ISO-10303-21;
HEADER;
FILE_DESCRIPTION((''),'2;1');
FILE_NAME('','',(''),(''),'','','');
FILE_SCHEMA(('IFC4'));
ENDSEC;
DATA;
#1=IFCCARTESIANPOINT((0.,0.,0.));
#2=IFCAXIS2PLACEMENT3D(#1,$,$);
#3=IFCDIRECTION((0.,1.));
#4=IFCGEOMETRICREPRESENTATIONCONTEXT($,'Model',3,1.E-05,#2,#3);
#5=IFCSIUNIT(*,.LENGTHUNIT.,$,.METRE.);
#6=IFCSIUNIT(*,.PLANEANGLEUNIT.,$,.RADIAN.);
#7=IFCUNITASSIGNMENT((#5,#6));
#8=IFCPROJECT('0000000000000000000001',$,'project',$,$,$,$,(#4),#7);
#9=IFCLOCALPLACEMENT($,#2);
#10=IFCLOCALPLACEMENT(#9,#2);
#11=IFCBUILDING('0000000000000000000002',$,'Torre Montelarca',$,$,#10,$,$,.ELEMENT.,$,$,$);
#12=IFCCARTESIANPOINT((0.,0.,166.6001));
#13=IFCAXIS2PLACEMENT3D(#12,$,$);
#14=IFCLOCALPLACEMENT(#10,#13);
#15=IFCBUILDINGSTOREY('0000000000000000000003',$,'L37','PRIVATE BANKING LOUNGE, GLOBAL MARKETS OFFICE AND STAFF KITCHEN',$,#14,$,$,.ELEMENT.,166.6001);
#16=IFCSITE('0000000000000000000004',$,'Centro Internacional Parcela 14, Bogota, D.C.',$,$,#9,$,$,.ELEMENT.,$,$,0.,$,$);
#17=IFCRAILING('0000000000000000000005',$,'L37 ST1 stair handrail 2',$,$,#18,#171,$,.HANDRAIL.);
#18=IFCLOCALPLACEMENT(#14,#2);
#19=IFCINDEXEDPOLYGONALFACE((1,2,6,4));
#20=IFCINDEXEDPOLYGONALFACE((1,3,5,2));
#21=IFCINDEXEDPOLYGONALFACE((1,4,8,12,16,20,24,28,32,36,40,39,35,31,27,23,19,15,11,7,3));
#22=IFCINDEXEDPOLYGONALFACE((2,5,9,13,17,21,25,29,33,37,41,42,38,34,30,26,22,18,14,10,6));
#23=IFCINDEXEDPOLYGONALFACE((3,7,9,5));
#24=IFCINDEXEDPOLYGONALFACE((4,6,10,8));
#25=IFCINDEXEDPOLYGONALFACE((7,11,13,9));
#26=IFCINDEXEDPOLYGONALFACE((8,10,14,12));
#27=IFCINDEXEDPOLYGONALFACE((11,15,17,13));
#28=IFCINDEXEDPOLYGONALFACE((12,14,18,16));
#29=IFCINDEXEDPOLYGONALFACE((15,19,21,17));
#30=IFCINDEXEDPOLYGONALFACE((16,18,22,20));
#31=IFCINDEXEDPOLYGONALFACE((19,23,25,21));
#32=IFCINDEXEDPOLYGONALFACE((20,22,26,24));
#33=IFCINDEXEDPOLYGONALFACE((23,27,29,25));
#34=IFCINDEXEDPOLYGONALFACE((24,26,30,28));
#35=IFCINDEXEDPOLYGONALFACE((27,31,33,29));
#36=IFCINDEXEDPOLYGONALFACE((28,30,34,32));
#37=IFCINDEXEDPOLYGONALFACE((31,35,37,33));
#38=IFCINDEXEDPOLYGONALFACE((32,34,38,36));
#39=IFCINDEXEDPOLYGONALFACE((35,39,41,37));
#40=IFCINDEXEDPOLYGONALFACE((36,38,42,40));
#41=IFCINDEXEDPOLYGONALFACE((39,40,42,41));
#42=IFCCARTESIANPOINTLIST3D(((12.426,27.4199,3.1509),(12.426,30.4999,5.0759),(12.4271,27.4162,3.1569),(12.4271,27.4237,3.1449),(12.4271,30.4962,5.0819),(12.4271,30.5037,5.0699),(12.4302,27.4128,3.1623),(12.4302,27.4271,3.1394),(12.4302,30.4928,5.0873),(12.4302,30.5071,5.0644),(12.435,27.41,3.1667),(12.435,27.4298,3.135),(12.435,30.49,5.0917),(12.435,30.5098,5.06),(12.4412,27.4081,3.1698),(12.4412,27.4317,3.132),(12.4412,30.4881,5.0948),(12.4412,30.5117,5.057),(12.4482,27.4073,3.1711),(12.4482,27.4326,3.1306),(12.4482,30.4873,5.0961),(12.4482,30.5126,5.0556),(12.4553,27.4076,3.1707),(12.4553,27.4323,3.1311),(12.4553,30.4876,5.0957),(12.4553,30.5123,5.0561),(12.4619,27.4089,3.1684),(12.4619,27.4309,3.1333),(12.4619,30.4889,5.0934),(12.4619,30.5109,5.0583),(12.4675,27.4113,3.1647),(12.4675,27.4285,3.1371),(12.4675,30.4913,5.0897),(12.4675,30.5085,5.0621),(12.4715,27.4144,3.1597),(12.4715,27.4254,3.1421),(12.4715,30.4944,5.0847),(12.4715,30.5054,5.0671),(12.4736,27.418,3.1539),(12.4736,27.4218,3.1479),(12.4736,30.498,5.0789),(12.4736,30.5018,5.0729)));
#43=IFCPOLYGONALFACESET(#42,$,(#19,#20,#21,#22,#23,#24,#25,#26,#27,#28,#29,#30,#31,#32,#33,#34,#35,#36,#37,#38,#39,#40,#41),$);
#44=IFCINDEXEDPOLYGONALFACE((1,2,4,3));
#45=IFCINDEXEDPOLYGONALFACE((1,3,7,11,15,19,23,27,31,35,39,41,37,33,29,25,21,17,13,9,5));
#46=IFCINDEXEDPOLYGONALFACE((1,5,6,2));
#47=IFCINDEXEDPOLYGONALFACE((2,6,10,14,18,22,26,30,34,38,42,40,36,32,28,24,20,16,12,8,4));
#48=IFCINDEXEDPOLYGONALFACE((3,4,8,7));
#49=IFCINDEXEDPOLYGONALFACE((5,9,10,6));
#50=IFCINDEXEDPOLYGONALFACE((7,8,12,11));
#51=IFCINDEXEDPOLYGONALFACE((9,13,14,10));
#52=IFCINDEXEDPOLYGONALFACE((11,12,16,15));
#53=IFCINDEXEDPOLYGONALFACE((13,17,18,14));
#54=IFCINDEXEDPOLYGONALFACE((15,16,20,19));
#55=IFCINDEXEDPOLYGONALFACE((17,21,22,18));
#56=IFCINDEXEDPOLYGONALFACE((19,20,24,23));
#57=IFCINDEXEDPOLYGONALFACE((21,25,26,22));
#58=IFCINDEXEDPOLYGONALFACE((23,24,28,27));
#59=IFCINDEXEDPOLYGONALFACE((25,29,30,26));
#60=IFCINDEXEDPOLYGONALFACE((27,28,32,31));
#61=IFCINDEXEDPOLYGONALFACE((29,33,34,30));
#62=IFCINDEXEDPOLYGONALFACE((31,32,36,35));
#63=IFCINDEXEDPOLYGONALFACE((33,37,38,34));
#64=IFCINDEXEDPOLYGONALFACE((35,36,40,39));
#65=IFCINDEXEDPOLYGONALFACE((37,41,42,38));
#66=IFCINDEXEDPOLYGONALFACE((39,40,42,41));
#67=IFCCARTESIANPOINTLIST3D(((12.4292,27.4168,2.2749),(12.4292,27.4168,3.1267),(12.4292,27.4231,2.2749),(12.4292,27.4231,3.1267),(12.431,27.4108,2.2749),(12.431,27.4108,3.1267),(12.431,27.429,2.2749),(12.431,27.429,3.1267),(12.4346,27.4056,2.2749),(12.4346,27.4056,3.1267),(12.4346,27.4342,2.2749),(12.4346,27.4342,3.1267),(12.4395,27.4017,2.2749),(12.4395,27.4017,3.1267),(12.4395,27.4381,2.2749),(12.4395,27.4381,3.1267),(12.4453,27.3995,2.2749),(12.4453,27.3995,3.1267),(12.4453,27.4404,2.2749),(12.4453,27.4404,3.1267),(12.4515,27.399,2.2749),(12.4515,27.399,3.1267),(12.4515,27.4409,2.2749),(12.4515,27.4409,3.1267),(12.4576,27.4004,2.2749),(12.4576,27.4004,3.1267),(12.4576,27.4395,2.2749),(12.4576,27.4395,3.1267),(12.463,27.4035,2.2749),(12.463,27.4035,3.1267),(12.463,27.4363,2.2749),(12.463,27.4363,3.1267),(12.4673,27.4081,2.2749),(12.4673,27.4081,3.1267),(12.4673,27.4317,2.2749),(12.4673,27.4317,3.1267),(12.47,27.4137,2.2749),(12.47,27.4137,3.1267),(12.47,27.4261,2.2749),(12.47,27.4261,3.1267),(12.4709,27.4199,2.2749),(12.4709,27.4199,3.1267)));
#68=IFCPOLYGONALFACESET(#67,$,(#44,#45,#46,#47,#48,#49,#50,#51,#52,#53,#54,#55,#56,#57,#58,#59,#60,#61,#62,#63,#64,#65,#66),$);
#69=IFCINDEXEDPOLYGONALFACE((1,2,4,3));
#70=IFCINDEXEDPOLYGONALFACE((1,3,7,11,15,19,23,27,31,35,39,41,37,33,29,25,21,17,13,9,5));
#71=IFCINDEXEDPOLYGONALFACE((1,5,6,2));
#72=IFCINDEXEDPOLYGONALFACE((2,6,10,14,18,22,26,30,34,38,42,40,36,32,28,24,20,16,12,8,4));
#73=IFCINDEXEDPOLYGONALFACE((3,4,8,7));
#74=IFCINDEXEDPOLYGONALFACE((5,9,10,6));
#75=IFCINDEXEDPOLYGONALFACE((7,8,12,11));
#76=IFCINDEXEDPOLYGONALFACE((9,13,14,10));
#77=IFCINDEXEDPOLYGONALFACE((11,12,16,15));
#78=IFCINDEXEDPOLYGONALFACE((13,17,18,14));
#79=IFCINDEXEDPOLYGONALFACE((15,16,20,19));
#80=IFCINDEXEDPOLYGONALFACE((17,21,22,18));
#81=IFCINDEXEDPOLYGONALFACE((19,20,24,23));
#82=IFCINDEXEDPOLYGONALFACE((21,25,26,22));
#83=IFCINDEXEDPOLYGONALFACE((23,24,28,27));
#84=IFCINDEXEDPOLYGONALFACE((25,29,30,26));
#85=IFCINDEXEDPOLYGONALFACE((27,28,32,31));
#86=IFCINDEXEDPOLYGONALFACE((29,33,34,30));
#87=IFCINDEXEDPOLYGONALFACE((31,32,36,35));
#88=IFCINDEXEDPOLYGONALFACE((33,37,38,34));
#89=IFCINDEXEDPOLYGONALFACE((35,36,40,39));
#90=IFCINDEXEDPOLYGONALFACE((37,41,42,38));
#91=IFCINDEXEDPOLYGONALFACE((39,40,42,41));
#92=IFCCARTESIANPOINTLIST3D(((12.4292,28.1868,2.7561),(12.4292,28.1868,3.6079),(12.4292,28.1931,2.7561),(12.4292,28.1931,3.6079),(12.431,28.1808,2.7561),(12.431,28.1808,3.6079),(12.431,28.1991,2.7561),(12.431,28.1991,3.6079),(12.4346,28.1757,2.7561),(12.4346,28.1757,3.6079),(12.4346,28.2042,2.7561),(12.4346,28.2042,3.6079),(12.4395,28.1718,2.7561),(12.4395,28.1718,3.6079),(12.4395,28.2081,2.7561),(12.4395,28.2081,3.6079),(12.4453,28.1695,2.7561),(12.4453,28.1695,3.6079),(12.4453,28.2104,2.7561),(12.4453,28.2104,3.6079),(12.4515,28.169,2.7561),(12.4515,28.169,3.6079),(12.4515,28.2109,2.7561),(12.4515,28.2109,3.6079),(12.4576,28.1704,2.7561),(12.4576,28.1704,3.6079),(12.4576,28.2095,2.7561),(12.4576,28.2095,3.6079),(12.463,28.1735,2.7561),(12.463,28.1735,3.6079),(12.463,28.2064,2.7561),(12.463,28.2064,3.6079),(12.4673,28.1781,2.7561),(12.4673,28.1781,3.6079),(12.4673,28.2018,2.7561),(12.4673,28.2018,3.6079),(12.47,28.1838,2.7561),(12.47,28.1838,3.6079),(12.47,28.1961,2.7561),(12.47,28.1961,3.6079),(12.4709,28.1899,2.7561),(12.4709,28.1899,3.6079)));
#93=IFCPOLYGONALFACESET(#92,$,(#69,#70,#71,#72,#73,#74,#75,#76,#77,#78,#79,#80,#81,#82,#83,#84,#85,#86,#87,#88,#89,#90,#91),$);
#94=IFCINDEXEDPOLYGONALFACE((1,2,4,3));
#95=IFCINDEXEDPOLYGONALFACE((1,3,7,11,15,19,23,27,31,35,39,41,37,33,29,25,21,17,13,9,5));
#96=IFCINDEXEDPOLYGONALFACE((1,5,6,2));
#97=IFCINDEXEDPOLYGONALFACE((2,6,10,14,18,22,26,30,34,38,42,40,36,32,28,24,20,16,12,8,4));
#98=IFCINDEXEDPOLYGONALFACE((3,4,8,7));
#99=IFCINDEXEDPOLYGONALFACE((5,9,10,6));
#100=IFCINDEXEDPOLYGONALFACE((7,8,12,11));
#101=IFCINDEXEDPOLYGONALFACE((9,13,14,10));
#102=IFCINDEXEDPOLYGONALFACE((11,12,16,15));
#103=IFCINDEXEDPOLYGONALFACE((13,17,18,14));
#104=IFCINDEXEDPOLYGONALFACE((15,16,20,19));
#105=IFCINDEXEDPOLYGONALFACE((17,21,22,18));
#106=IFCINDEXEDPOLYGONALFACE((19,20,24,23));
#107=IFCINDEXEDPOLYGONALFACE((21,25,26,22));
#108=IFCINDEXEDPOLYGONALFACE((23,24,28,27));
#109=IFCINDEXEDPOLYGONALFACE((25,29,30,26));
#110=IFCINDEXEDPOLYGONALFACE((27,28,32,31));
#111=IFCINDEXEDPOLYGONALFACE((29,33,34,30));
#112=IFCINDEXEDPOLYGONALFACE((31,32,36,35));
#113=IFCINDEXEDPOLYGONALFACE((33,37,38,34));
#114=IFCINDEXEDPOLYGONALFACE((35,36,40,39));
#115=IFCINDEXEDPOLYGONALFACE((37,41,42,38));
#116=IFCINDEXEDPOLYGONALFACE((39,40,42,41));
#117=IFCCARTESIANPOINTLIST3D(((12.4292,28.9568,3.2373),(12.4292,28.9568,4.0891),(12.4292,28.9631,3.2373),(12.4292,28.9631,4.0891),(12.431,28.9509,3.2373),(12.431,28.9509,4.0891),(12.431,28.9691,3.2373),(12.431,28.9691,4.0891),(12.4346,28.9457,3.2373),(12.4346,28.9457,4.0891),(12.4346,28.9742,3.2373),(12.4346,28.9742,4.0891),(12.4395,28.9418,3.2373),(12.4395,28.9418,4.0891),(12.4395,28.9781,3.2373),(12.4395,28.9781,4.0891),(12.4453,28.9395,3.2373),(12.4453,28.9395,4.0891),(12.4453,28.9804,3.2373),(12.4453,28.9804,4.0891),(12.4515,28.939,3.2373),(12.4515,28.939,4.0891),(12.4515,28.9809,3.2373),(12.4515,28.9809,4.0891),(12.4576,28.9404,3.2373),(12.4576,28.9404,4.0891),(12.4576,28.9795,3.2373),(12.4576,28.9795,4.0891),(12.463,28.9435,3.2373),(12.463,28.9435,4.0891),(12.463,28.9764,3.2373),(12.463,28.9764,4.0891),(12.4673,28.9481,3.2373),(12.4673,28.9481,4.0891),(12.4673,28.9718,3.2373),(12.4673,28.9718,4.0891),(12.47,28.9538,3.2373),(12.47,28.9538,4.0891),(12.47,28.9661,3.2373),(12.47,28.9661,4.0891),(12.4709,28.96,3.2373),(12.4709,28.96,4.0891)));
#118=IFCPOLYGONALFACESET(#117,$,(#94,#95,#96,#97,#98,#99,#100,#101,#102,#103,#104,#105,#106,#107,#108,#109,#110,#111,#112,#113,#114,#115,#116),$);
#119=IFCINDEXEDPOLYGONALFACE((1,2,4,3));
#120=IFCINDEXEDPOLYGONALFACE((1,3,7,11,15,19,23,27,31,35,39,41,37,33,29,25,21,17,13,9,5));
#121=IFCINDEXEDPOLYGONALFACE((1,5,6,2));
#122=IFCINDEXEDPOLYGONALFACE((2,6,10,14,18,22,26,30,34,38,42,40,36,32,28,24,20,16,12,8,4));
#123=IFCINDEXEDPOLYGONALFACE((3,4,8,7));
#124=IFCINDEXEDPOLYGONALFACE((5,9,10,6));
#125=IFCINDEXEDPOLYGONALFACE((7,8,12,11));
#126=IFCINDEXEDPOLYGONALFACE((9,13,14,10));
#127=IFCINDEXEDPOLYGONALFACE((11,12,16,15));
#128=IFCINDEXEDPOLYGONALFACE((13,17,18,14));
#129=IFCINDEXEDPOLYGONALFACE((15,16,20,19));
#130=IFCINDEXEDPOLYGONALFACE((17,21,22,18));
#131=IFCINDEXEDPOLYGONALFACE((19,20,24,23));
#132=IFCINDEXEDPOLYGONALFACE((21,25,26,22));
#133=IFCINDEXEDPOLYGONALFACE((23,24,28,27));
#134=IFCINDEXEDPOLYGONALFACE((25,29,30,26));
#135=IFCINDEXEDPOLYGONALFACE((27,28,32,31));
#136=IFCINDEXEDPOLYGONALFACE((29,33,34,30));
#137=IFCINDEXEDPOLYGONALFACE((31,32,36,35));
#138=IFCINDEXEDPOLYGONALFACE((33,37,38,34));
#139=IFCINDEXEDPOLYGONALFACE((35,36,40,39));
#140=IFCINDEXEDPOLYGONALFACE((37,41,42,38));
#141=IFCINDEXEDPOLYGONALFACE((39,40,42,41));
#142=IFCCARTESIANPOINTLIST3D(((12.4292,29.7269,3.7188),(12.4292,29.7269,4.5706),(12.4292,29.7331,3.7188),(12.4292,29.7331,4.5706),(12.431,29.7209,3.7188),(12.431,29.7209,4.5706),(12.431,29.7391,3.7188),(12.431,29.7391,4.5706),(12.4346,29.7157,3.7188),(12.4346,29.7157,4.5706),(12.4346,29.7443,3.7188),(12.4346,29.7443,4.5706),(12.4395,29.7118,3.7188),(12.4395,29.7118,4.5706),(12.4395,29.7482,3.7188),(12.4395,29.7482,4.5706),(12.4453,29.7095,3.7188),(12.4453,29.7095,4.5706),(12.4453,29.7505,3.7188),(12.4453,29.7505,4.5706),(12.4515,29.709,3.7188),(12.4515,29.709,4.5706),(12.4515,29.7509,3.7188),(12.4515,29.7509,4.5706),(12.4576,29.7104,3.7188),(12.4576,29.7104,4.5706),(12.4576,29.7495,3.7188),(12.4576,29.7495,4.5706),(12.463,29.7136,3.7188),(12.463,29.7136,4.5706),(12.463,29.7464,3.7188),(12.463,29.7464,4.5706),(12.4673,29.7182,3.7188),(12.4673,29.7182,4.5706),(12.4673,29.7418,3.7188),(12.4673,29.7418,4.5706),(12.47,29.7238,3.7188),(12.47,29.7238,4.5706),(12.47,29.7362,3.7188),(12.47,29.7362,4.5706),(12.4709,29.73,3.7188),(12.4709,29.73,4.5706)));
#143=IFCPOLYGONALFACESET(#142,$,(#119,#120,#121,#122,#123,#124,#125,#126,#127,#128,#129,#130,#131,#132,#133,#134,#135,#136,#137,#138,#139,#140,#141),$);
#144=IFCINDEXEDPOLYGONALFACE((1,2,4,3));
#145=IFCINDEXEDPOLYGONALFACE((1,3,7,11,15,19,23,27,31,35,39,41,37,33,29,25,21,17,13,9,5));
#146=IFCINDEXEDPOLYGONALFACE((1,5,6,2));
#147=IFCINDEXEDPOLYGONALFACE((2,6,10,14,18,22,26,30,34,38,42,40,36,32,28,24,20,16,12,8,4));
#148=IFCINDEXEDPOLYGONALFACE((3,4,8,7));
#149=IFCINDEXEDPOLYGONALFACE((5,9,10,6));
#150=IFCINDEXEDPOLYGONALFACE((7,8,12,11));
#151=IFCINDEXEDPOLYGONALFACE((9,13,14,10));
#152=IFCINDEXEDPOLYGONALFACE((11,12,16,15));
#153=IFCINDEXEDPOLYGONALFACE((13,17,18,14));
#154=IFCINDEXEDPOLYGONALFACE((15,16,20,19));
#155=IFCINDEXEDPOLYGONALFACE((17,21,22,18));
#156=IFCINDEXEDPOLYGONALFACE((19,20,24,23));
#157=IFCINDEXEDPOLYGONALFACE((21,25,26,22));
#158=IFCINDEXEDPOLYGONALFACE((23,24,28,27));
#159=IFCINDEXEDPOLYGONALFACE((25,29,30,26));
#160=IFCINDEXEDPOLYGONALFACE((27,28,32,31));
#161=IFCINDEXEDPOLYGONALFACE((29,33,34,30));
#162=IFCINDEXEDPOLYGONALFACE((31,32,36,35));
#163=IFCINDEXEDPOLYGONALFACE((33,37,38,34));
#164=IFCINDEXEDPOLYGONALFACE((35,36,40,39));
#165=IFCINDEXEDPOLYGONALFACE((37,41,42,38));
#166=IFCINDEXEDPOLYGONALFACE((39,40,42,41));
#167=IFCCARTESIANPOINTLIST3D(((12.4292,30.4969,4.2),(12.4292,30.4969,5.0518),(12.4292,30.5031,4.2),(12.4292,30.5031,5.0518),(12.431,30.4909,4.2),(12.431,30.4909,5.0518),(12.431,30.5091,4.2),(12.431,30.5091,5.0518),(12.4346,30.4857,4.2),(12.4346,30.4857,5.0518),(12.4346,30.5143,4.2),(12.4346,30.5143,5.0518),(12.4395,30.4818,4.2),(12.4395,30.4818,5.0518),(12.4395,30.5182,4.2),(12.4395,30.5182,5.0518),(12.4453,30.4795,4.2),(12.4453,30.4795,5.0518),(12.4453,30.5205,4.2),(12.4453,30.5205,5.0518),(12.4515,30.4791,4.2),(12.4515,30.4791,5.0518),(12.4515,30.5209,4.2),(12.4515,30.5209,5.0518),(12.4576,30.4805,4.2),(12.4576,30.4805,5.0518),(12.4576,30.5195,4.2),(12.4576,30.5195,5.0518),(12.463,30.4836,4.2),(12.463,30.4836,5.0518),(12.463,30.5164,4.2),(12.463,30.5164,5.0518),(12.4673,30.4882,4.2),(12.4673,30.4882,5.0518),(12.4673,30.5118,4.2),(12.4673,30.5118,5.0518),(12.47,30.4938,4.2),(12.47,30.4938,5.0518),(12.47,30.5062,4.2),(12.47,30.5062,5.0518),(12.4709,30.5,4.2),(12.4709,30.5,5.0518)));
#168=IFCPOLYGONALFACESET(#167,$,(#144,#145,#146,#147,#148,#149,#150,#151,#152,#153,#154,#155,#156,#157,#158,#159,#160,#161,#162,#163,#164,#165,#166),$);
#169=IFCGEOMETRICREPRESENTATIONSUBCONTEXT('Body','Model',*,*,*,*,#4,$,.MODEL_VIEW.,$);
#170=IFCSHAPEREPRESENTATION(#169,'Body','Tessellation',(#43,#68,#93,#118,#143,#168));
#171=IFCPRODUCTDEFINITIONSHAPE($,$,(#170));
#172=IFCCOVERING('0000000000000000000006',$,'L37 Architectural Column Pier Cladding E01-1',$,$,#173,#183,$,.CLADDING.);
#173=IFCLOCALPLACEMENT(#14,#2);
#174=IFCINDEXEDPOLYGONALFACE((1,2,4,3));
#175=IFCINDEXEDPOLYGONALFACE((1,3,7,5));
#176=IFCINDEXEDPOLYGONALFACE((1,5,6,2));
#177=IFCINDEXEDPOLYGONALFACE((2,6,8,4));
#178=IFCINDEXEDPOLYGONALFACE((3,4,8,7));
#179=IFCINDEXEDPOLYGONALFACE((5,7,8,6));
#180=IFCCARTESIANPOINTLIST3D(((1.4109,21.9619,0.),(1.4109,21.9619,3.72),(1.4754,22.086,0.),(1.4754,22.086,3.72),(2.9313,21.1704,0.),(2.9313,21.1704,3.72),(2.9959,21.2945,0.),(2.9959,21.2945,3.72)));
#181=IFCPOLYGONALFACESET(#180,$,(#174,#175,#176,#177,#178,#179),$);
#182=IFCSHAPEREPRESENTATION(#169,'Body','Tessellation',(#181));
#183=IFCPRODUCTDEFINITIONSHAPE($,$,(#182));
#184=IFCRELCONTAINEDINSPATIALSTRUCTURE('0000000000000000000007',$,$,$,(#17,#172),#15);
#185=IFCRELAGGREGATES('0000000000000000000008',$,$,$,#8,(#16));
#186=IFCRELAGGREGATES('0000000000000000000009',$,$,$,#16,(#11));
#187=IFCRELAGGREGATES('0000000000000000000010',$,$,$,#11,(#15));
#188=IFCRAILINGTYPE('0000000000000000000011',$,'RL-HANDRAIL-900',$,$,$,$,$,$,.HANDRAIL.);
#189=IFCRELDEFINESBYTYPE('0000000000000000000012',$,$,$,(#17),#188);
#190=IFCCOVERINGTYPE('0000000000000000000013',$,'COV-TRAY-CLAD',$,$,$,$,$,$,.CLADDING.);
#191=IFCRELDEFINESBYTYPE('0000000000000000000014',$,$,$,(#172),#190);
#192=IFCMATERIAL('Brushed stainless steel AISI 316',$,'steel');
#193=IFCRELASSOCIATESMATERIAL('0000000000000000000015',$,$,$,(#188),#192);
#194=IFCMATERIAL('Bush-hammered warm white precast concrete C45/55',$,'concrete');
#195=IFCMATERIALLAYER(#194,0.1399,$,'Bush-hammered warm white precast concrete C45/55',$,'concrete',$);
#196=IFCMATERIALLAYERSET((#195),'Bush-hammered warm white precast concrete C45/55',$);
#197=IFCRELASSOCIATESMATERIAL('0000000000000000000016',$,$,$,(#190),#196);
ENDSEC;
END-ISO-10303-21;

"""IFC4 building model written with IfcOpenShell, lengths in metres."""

from ifc_helpers import new_model, si_unit, direction, frame, origin, origin_2d, place, context, subcontext, project, spatial, rectangle, circle, extrude, source, transform, mapped, material, layer, layer_set, type_object, element, save


model = new_model("IFC4")

# Units and contexts
model_context = context("Model", 3, precision=1e-05, world=origin(), true_north=direction((0.0, 1.0)))
body_context = subcontext(model_context, "Body", "Model", "MODEL_VIEW")
ifc_project = project(units=[si_unit("LENGTHUNIT", "METRE"), si_unit("PLANEANGLEUNIT", "RADIAN")], contexts=[model_context])

# Site, building, storey
site_placement = place(None, origin())
site = spatial("IfcSite", under=ifc_project, at=site_placement, Name="Centro Internacional Parcela 14, Bogota, D.C.", CompositionType="ELEMENT", RefElevation=0.0)
building_placement = place(site_placement, origin())
building = spatial("IfcBuilding", under=site, at=building_placement, Name="Torre Montelarca", CompositionType="ELEMENT")
storey_placement = place(building_placement, frame((0.0, 0.0, 166.6001)))
storey = spatial("IfcBuildingStorey", under=building, at=storey_placement, Name="L37", Description="PRIVATE BANKING LOUNGE, GLOBAL MARKETS OFFICE AND STAFF KITCHEN", CompositionType="ELEMENT", Elevation=166.6001)

# Railing
ifc_material_1 = material(Name="Brushed stainless steel AISI 316", Category="steel")
railing_type_1 = type_object("IfcRailingType", Name="RL-HANDRAIL-900", PredefinedType="HANDRAIL", material=ifc_material_1)
railing_1_placement = place(storey_placement, frame((12.45, 27.4199, 2.2749)))
element("IfcRailing", 1, at=railing_1_placement, inside=storey, type_object=railing_type_1, Name="L37 ST1 stair handrail 2", PredefinedType="HANDRAIL", context=body_context, shape_type="SweptSolid", body=[
    extrude(circle(Radius=0.0239, at=origin_2d()), frame((0.0, 0.0, 0.876), z_axis=(0.0, 0.847998, 0.529999), x_axis=(-1.0, 0.0, 0.0)), (0.0, 0.0, 1.0), 3.6321),
    extrude(circle(Radius=0.021, at=origin_2d()), origin(), (0.0, 0.0, 1.0), 0.8518),
    extrude(circle(Radius=0.021, at=origin_2d()), frame((0.0, 0.77, 0.4812)), (0.0, 0.0, 1.0), 0.8518),
    extrude(circle(Radius=0.021, at=origin_2d()), frame((0.0, 1.54, 0.9624)), (0.0, 0.0, 1.0), 0.8518),
    extrude(circle(Radius=0.021, at=origin_2d()), frame((0.0, 2.3101, 1.4438)), (0.0, 0.0, 1.0), 0.8518),
    extrude(circle(Radius=0.021, at=origin_2d()), frame((0.0, 3.0801, 1.925)), (0.0, 0.0, 1.0), 0.8518),
])

# Covering
ifc_material_2 = material(Name="Bush-hammered warm white precast concrete C45/55", Category="concrete")
ifc_layer_1 = layer(ifc_material_2, 0.1399, Name="Bush-hammered warm white precast concrete C45/55", Category="concrete")
ifc_layer_set_1 = layer_set([ifc_layer_1], Name="Bush-hammered warm white precast concrete C45/55")
covering_type = type_object("IfcCoveringType", Name="COV-TRAY-CLAD", PredefinedType="CLADDING", material=ifc_layer_set_1)
shared_shape_1 = source(origin(), body_context, "Body", "SweptSolid", [
    extrude(rectangle(XDim=1.7141, YDim=0.1399, at=origin_2d()), origin(), (0.0, 0.0, 1.0), 3.72),
])
covering_placement = place(storey_placement, frame((2.2034, 21.6282, 0.0), z_axis=(0.0, 0.0, 1.0), x_axis=(0.887011, -0.461749, 0.0)))
element("IfcCovering", 2, at=covering_placement, inside=storey, type_object=covering_type, Name="L37 Architectural Column Pier Cladding E01-1", PredefinedType="CLADDING", context=body_context, shape_type="MappedRepresentation", body=[
    mapped(shared_shape_1, transform((0.0, 0.0, 0.0), scale=1.0)),
])

save(model, "model.ifc")
